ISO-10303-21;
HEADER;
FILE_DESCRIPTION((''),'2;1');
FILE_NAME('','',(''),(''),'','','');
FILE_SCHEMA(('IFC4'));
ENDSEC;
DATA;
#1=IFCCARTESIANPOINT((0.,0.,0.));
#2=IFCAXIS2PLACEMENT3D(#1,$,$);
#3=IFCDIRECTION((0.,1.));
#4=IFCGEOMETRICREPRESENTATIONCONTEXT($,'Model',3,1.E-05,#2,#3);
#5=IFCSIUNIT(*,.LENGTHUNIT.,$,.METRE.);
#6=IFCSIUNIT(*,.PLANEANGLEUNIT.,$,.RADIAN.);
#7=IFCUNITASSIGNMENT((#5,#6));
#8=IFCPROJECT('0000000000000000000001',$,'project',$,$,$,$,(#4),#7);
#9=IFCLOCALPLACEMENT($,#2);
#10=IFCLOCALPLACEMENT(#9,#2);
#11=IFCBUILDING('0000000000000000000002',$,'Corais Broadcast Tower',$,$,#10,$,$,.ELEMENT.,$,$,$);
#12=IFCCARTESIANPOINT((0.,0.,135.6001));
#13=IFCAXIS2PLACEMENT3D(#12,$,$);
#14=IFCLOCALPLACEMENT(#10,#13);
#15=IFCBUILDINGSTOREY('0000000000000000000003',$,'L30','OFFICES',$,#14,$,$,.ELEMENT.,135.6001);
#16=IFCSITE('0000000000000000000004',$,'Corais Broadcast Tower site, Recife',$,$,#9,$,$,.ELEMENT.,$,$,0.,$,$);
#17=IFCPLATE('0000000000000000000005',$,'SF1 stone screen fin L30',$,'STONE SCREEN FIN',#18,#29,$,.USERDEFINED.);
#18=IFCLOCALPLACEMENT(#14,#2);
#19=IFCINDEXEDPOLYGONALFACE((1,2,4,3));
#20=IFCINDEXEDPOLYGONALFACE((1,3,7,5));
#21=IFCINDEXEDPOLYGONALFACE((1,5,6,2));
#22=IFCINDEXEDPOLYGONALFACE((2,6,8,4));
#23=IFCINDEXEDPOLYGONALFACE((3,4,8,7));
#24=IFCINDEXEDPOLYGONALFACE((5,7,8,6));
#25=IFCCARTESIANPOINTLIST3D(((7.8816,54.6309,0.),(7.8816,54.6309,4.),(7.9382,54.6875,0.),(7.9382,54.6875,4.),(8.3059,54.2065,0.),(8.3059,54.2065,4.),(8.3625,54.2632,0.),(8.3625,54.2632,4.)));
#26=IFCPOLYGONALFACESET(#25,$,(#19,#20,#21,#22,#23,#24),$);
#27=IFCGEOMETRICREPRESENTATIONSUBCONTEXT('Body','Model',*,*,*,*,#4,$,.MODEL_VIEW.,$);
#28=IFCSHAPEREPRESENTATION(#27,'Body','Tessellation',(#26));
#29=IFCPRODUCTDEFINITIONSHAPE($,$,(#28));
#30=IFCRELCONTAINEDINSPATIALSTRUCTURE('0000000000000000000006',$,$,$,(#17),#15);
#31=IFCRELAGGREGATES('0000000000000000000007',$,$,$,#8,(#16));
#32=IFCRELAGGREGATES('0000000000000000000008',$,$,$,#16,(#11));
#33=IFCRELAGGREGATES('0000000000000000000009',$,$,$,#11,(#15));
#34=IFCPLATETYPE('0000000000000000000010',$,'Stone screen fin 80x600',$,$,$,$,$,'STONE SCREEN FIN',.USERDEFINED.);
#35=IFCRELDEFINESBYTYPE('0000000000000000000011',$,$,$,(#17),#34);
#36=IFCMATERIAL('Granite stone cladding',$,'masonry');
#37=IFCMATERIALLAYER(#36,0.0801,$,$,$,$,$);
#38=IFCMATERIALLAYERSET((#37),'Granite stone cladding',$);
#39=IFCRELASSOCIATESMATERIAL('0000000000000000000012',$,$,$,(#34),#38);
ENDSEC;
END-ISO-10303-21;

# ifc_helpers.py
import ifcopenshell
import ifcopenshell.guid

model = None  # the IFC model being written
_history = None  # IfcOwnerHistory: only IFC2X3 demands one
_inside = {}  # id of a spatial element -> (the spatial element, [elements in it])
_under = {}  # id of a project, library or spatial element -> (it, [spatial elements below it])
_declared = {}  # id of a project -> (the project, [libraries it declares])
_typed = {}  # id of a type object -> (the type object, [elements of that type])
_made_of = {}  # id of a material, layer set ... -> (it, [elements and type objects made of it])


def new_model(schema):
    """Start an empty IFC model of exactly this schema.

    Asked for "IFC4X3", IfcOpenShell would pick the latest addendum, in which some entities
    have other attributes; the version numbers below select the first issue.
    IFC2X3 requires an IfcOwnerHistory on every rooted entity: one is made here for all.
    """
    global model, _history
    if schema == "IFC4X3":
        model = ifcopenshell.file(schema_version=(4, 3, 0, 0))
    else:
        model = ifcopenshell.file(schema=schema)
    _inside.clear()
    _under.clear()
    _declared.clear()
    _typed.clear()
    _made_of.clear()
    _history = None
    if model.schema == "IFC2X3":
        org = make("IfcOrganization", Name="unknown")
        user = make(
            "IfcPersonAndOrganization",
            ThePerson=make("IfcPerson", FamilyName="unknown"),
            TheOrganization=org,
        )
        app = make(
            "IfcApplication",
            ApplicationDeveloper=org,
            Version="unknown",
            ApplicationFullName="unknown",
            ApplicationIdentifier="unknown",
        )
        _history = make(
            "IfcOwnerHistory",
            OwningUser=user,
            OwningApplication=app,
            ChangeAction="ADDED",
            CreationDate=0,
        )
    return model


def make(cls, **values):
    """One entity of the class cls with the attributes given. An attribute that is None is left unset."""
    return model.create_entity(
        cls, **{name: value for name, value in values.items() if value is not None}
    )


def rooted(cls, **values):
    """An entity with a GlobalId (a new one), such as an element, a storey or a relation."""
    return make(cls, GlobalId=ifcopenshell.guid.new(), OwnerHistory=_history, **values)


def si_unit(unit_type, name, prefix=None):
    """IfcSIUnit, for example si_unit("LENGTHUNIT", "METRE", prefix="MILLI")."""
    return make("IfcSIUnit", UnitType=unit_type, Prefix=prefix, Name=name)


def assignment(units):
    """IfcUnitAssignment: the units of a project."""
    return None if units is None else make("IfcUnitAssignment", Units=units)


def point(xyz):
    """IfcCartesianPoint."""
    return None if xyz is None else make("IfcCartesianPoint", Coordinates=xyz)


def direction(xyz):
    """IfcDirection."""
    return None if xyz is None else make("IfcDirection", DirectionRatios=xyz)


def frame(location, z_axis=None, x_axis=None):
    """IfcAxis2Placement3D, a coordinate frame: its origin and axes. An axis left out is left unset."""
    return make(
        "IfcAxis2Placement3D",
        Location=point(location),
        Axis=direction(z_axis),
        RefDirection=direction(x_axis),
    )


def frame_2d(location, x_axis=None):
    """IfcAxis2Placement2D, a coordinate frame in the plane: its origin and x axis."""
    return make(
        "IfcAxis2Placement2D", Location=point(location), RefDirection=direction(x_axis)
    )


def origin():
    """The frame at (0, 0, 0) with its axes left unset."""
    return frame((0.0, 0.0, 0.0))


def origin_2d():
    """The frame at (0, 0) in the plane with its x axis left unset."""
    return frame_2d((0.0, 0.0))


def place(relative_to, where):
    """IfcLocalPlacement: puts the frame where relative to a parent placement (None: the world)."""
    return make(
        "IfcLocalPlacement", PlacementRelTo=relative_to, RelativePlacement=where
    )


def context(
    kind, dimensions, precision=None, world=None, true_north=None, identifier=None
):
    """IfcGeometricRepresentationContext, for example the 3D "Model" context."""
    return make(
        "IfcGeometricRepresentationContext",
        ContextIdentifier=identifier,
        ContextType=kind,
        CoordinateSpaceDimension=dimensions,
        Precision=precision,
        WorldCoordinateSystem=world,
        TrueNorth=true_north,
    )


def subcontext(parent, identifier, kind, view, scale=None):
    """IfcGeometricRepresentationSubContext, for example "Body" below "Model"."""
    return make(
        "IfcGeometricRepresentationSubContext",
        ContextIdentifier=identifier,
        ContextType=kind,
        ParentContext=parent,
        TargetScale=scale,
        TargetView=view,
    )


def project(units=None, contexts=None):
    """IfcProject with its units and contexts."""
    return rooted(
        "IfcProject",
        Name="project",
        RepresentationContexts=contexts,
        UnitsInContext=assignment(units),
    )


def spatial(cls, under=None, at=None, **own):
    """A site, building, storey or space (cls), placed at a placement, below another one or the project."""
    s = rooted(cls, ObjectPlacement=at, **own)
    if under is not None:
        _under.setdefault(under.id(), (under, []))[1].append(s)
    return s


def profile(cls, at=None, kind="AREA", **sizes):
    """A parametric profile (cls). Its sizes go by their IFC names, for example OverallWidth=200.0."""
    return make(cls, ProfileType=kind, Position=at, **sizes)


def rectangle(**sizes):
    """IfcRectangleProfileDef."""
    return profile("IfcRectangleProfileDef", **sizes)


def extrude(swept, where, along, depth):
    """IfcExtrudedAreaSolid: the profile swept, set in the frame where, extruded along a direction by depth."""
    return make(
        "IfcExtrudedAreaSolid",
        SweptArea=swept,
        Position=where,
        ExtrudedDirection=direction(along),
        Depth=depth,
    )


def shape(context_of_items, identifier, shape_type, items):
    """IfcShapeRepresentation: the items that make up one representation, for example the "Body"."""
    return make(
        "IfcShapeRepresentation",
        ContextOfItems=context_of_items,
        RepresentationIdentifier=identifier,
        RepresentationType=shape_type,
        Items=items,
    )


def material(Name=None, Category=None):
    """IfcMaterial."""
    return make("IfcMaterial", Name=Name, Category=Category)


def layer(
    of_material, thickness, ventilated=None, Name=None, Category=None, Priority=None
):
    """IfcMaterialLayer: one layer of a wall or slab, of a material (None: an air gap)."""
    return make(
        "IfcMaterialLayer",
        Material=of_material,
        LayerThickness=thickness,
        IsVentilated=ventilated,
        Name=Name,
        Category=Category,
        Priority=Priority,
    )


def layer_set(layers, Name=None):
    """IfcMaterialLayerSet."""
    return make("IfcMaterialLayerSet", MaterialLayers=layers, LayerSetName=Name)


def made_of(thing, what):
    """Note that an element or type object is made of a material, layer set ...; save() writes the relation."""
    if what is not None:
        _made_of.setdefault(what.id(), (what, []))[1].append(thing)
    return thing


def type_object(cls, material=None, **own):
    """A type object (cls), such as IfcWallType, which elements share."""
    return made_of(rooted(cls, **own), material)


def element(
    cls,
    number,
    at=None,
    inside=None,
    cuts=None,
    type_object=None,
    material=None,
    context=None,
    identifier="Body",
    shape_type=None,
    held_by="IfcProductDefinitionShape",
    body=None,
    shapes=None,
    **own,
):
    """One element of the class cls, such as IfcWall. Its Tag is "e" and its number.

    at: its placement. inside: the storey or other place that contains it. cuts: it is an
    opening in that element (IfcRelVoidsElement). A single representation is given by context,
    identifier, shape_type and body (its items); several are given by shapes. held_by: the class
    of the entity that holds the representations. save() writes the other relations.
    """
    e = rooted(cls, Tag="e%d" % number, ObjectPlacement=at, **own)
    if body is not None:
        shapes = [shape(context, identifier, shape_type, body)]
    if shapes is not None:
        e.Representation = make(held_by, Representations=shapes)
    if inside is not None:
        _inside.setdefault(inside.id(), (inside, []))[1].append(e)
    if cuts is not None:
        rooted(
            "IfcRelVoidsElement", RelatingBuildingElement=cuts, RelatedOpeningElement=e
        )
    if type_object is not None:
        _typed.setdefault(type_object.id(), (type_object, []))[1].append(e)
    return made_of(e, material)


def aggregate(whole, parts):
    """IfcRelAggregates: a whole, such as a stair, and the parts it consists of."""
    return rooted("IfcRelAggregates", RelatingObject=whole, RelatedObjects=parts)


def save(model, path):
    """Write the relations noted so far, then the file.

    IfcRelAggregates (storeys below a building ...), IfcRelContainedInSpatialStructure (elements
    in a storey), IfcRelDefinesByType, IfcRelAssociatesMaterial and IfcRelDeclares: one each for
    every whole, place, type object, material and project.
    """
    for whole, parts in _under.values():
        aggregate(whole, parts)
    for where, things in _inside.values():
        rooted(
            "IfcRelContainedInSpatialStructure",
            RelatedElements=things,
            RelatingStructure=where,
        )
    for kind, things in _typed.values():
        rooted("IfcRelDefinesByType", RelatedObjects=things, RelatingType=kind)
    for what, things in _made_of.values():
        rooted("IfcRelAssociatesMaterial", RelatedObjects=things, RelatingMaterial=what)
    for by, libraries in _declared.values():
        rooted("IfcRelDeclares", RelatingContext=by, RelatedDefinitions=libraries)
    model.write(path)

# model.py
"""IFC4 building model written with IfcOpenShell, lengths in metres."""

from ifc_helpers import new_model, si_unit, direction, frame, origin, origin_2d, place, context, subcontext, project, spatial, rectangle, extrude, material, layer, layer_set, type_object, element, save


model = new_model("IFC4")

# Units and contexts
model_context = context("Model", 3, precision=1e-05, world=origin(), true_north=direction((0.0, 1.0)))
body_context = subcontext(model_context, "Body", "Model", "MODEL_VIEW")
ifc_project = project(units=[si_unit("LENGTHUNIT", "METRE"), si_unit("PLANEANGLEUNIT", "RADIAN")], contexts=[model_context])

# Site, building, storey
site_placement = place(None, origin())
site = spatial("IfcSite", under=ifc_project, at=site_placement, Name="Corais Broadcast Tower site, Recife", CompositionType="ELEMENT", RefElevation=0.0)
building_placement = place(site_placement, origin())
building = spatial("IfcBuilding", under=site, at=building_placement, Name="Corais Broadcast Tower", CompositionType="ELEMENT")
storey_placement = place(building_placement, frame((0.0, 0.0, 135.6001)))
storey = spatial("IfcBuildingStorey", under=building, at=storey_placement, Name="L30", Description="OFFICES", CompositionType="ELEMENT", Elevation=135.6001)

# Plate
ifc_material_1 = material(Name="Granite stone cladding", Category="masonry")
ifc_layer_1 = layer(ifc_material_1, 0.0801)
ifc_layer_set_1 = layer_set([ifc_layer_1], Name="Granite stone cladding")
plate_type_1 = type_object("IfcPlateType", Name="Stone screen fin 80x600", ElementType="STONE SCREEN FIN", PredefinedType="USERDEFINED", material=ifc_layer_set_1)
for number, where, z_axis, x_axis, name in (
    (1, (8.1221, 54.447, 0.0), (0.0, 0.0, 1.0), (0.707107, 0.707107, 0.0), "SF1 stone screen fin L30"),
):
    element("IfcPlate", number, at=place(storey_placement, frame(where, z_axis=z_axis, x_axis=x_axis)), inside=storey, type_object=plate_type_1, Name=name, ObjectType="STONE SCREEN FIN", PredefinedType="USERDEFINED", context=body_context, shape_type="SweptSolid", body=[
        extrude(rectangle(XDim=0.0801, YDim=0.6001, at=origin_2d()), origin(), (0.0, 0.0, 1.0), 4.0),
    ])

save(model, "model.ifc")
